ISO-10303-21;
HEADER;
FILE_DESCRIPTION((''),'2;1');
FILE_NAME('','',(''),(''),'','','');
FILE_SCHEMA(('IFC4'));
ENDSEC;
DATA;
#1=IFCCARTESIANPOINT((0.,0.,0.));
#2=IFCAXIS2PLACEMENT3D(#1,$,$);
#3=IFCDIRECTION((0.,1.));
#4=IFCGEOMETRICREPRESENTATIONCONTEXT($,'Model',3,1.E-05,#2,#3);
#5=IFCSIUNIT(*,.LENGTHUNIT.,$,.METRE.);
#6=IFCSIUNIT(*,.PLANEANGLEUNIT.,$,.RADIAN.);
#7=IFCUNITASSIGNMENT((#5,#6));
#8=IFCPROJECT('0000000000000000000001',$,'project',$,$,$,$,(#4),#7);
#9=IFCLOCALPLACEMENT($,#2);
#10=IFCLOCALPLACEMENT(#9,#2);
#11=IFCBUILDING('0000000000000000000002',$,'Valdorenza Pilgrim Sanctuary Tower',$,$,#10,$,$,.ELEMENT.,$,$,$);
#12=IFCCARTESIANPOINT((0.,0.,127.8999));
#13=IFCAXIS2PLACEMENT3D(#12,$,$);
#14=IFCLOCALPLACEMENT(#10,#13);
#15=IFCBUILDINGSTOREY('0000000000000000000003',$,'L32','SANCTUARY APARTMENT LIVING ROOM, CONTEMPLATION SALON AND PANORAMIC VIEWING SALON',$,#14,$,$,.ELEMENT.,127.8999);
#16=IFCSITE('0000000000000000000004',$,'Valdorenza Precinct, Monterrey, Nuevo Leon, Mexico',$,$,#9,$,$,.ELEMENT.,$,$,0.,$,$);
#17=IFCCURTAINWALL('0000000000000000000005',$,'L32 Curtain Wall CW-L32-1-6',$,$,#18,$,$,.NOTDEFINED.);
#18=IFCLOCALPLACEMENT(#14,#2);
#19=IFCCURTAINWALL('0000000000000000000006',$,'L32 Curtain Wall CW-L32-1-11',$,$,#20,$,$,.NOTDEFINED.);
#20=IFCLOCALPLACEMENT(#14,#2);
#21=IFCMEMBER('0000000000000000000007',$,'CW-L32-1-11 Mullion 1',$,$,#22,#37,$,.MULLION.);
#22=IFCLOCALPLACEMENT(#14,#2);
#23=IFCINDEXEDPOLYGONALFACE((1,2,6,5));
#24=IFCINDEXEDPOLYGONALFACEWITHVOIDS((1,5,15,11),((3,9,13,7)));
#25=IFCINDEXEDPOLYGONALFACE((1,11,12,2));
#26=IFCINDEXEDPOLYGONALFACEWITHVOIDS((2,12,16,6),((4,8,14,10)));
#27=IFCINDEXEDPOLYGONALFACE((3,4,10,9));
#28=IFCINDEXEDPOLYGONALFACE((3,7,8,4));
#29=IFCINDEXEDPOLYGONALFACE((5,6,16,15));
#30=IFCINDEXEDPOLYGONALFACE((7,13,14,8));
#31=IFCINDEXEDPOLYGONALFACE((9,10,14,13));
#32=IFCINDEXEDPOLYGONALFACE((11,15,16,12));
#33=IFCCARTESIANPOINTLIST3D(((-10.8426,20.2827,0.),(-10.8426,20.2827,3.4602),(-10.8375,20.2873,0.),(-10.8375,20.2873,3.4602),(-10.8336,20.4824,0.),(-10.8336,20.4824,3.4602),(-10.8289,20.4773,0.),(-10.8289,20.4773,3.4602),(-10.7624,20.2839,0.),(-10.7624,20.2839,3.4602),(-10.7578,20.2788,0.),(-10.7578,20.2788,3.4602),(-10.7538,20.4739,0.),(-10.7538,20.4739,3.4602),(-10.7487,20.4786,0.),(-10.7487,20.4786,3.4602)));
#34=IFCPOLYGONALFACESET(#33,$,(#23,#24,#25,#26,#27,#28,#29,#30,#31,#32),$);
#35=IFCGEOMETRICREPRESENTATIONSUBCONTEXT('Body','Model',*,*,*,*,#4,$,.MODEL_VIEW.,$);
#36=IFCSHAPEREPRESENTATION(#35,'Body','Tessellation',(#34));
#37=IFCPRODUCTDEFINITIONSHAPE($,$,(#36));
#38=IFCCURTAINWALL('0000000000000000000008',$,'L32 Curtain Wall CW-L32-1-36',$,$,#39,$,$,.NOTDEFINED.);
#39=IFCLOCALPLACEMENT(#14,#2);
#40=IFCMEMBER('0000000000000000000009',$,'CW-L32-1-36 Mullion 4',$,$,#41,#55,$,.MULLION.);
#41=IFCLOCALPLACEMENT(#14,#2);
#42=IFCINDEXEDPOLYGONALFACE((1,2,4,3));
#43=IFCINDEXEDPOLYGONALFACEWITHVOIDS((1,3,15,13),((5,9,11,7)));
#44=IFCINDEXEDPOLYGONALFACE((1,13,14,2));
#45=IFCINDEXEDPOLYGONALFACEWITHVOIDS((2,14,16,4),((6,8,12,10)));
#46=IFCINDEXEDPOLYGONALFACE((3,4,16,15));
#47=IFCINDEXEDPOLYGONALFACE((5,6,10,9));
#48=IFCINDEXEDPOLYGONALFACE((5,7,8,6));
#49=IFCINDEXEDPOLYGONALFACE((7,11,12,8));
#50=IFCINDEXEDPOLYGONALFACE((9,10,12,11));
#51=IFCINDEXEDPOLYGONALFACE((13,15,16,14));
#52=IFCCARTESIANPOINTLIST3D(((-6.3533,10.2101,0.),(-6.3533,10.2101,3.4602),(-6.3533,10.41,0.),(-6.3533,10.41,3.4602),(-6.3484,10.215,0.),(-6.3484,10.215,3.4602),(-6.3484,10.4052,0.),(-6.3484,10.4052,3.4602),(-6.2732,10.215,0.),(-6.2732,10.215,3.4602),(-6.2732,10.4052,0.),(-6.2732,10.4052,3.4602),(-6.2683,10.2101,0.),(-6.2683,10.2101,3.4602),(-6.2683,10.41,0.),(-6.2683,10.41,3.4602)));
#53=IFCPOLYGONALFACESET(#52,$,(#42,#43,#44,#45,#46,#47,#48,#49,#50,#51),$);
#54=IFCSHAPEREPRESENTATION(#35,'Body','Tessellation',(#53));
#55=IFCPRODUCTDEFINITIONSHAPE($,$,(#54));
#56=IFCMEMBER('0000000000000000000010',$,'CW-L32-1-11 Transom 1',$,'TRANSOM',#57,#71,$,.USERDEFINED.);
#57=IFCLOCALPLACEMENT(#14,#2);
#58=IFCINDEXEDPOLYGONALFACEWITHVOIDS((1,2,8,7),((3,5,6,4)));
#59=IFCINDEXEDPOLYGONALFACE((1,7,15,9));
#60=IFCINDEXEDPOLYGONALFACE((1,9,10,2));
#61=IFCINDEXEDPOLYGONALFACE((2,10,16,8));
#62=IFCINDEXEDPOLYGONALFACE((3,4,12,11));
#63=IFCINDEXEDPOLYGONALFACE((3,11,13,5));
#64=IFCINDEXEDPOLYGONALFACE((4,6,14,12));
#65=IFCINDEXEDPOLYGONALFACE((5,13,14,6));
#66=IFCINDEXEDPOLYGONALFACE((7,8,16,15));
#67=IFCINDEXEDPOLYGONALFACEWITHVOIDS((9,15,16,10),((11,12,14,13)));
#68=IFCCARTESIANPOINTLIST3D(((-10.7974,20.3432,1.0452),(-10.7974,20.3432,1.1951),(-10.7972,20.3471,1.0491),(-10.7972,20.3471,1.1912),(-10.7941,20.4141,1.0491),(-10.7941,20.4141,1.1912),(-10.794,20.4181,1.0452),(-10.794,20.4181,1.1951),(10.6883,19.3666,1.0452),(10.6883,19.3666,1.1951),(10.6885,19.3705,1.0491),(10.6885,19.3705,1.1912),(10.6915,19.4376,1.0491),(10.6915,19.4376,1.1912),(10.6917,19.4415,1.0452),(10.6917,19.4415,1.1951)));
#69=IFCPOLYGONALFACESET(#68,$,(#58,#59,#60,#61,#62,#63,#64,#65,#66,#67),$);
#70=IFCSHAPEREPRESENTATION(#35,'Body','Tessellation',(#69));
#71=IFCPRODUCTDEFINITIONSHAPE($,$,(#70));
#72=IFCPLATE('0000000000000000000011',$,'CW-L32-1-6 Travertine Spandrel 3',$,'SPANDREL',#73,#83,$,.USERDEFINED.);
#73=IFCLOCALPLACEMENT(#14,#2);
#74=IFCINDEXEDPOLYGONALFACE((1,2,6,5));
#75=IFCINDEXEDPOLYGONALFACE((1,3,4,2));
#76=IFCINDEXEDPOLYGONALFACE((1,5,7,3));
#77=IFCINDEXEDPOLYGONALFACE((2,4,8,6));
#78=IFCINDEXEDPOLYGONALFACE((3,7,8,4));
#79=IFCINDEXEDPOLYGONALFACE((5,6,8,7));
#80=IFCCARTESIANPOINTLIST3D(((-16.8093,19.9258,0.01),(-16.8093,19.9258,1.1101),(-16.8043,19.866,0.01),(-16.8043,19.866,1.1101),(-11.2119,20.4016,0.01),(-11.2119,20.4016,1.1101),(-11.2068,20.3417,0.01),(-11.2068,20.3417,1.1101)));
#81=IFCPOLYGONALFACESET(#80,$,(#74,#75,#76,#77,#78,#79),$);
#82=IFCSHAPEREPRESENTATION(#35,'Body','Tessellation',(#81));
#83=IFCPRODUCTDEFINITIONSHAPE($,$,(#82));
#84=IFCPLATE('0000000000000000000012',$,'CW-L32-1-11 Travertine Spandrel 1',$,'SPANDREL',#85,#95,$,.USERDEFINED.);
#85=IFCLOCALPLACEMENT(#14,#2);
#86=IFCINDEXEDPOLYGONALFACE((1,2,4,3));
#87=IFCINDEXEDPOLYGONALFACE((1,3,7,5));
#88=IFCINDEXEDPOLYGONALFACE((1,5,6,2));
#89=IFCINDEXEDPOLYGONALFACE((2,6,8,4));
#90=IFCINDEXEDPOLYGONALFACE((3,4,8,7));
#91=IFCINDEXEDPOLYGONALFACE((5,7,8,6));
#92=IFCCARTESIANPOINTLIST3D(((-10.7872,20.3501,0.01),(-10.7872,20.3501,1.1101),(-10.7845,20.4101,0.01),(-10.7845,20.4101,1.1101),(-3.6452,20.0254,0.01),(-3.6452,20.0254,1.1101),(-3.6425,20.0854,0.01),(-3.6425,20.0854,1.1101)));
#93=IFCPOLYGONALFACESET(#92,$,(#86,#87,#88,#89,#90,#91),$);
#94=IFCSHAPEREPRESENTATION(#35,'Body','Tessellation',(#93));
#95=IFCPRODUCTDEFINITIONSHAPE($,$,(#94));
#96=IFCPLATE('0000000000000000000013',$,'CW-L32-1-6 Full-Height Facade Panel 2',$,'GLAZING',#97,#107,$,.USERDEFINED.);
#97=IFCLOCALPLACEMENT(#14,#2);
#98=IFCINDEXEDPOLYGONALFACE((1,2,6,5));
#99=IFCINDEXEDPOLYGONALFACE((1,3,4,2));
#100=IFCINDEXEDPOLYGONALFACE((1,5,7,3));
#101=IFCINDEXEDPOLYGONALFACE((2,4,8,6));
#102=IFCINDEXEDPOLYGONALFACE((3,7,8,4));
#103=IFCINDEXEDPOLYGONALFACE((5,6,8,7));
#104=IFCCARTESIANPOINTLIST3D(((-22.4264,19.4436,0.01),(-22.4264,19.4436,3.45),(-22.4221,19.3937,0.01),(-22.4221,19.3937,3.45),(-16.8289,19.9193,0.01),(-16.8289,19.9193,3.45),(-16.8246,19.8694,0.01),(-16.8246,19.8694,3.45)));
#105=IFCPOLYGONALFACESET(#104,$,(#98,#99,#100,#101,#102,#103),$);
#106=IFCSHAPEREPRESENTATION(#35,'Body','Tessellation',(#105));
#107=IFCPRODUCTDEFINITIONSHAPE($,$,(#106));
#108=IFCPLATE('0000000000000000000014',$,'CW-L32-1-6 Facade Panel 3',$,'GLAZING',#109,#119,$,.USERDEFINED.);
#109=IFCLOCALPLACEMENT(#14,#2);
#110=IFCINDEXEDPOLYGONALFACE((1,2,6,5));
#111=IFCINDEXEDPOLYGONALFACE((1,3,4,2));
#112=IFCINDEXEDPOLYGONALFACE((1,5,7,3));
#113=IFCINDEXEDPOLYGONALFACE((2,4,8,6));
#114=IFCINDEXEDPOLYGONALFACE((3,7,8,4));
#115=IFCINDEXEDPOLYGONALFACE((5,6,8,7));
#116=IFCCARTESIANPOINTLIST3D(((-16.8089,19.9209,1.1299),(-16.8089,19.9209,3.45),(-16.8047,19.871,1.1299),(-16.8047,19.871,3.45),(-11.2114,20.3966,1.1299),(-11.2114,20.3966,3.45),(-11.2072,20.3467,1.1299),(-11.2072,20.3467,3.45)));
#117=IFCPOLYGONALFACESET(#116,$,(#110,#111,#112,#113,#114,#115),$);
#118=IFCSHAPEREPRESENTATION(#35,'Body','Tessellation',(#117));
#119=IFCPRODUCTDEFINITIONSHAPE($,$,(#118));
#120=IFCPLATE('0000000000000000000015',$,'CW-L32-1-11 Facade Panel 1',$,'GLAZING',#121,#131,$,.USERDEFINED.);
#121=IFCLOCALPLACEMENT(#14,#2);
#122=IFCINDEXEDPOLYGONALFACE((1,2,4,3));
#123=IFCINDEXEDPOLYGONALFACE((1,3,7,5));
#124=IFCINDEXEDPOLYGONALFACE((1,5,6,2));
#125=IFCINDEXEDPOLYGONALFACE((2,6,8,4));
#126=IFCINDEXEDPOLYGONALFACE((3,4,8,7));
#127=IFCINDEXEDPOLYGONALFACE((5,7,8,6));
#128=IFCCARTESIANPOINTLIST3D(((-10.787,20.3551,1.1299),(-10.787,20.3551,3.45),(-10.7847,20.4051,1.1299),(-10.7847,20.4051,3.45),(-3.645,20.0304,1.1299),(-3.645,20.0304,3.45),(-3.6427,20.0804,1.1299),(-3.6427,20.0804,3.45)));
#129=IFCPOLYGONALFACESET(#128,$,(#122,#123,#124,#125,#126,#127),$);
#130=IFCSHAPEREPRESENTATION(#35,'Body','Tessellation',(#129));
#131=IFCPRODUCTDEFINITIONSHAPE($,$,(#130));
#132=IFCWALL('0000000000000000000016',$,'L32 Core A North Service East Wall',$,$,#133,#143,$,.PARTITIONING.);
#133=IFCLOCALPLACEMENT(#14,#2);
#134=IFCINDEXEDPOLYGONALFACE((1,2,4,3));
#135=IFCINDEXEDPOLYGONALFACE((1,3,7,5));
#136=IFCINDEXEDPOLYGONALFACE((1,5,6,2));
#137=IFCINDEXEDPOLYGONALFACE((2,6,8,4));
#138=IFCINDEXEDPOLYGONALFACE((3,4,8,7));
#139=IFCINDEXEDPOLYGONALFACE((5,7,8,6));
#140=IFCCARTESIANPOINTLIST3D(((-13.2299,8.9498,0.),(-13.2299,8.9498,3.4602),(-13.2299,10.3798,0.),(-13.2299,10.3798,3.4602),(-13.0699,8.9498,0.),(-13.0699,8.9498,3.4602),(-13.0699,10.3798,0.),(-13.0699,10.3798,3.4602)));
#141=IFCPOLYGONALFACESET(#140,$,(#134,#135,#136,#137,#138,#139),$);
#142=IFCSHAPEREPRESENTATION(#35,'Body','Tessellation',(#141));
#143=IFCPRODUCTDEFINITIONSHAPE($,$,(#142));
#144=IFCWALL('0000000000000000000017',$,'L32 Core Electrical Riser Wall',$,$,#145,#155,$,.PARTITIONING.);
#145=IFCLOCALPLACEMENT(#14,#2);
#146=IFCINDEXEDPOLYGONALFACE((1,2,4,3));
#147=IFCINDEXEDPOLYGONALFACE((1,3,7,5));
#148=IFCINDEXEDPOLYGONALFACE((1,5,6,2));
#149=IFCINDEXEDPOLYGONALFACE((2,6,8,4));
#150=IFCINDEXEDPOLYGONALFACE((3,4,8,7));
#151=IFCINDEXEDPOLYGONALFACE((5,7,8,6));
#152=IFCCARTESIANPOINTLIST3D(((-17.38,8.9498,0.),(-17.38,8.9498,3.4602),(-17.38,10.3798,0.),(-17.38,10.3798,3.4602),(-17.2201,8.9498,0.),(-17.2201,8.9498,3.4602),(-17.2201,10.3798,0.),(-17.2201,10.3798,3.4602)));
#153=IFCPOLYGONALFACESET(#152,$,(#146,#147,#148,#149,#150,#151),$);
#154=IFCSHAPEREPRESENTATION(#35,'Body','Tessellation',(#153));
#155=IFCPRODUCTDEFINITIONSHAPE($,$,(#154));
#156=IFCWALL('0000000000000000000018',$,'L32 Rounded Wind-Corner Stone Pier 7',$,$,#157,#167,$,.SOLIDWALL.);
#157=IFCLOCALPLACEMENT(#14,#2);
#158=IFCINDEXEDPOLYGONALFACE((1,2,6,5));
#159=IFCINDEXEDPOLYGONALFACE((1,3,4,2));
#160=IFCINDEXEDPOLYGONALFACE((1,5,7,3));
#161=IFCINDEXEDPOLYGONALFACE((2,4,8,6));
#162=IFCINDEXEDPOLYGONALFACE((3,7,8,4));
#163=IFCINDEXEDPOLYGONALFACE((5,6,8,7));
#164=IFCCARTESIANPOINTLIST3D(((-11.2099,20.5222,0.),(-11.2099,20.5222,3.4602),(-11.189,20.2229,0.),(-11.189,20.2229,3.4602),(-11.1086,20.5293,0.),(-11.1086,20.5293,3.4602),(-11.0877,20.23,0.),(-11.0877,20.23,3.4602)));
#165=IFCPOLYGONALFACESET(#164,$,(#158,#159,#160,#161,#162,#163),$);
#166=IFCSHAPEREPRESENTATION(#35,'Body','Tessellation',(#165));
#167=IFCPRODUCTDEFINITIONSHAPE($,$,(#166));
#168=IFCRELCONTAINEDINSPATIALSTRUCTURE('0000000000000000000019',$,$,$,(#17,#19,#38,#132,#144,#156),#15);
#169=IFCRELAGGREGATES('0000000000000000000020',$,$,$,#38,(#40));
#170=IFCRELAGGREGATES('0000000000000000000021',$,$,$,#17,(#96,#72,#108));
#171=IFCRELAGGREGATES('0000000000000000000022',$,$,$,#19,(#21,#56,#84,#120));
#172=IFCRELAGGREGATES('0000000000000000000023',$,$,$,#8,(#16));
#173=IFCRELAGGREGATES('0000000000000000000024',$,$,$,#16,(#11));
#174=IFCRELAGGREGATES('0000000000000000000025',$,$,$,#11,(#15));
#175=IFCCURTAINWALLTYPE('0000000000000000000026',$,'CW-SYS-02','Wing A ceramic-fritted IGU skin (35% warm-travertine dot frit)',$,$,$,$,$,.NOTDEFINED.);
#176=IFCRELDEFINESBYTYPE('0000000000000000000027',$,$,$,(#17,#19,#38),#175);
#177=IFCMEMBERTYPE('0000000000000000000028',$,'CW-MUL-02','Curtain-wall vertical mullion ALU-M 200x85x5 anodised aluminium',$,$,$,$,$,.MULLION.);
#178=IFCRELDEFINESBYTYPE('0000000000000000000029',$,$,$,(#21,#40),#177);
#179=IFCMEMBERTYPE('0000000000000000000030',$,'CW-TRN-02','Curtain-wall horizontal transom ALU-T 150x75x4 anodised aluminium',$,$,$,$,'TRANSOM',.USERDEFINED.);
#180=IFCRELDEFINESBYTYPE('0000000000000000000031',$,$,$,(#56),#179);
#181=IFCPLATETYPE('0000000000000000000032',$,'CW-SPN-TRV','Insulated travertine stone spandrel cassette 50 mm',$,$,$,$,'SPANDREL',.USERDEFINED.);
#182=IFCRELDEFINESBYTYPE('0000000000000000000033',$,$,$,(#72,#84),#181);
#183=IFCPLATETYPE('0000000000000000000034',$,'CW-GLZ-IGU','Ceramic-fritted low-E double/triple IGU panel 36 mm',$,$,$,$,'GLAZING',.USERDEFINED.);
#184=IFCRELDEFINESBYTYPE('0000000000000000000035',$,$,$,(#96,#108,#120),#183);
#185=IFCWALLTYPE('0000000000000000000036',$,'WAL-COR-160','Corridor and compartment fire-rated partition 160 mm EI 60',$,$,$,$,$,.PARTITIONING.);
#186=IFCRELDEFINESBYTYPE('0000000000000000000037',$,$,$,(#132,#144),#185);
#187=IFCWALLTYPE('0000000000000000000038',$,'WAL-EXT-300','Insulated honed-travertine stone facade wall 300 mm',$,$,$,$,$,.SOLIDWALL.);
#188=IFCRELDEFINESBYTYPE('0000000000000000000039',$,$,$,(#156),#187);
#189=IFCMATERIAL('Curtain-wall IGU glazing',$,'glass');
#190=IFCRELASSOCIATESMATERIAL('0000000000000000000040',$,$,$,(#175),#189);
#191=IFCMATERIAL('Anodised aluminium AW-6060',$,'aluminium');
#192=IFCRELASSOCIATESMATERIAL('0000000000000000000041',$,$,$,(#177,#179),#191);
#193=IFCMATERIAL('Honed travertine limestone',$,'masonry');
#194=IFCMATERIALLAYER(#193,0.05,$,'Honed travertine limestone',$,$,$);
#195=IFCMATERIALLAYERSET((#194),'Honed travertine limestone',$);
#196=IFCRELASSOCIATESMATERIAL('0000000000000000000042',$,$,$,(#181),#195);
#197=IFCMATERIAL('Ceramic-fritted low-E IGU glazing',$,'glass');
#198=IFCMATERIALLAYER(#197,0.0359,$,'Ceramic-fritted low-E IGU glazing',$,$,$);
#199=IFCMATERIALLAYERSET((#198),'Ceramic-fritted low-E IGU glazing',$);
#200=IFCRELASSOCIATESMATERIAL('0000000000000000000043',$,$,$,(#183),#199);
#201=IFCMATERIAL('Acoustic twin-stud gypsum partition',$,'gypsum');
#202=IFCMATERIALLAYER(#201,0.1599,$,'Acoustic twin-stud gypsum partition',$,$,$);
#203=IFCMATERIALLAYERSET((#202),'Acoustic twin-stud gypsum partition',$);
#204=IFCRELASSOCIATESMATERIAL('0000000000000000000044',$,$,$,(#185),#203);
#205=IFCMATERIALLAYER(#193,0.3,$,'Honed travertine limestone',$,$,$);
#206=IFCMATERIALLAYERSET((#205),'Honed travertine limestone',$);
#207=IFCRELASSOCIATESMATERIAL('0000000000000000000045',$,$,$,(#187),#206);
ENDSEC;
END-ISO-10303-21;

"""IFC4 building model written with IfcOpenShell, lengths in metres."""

from ifc_helpers import new_model, si_unit, direction, frame, frame_2d, origin, origin_2d, place, context, subcontext, project, spatial, rectangle, hollow_rectangle, extrude, source, transform, mapped, material, layer, layer_set, material_profile, profile_set, type_object, element, aggregate, save


model = new_model("IFC4")

# Units and contexts
model_context = context("Model", 3, precision=1e-05, world=origin(), true_north=direction((0.0, 1.0)))
body_context = subcontext(model_context, "Body", "Model", "MODEL_VIEW")
ifc_project = project(units=[si_unit("LENGTHUNIT", "METRE"), si_unit("PLANEANGLEUNIT", "RADIAN")], contexts=[model_context])

# Site, building, storey
site_placement = place(None, origin())
site = spatial("IfcSite", under=ifc_project, at=site_placement, Name="Valdorenza Precinct, Monterrey, Nuevo Leon, Mexico", CompositionType="ELEMENT", RefElevation=0.0)
building_placement = place(site_placement, origin())
building = spatial("IfcBuilding", under=site, at=building_placement, Name="Valdorenza Pilgrim Sanctuary Tower", CompositionType="ELEMENT")
storey_placement = place(building_placement, frame((0.0, 0.0, 127.8999)))
storey = spatial("IfcBuildingStorey", under=building, at=storey_placement, Name="L32", Description="SANCTUARY APARTMENT LIVING ROOM, CONTEMPLATION SALON AND PANORAMIC VIEWING SALON", CompositionType="ELEMENT", Elevation=127.8999)

# Curtain wall
ifc_material_1 = material(Name="Curtain-wall IGU glazing", Category="glass")
curtain_wall_type = type_object("IfcCurtainWallType", Name="CW-SYS-02", Description="Wing A ceramic-fritted IGU skin (35% warm-travertine dot frit)", PredefinedType="NOTDEFINED", material=ifc_material_1)
curtain_wall_1_placement = place(storey_placement, origin())
curtain_wall_1 = element("IfcCurtainWall", 1, at=curtain_wall_1_placement, inside=storey, type_object=curtain_wall_type, Name="L32 Curtain Wall CW-L32-1-6", PredefinedType="NOTDEFINED")
ifc_material_2 = material(Name="Anodised aluminium AW-6060", Category="aluminium")
ifc_material_profile_1 = material_profile(ifc_material_2, hollow_rectangle(XDim=0.085, YDim=0.2, WallThickness=0.0049, at=origin_2d()), Name="ALU-M 200x85x5")
ifc_profile_set_1 = profile_set([ifc_material_profile_1], Name="Anodised aluminium AW-6060")
member_type_1 = type_object("IfcMemberType", Name="CW-MUL-02", Description="Curtain-wall vertical mullion ALU-M 200x85x5 anodised aluminium", PredefinedType="MULLION", material=ifc_profile_set_1)
shared_shape_1 = source(origin(), body_context, "Body", "SweptSolid", [
    extrude(hollow_rectangle(XDim=0.085, YDim=0.2, WallThickness=0.0049, at=origin_2d()), origin(), (0.0, 0.0, 1.0), 3.4602),
])

# Curtain walls, members
curtain_wall_2_placement = place(storey_placement, origin())
curtain_wall_2 = element("IfcCurtainWall", 2, at=curtain_wall_2_placement, inside=storey, type_object=curtain_wall_type, Name="L32 Curtain Wall CW-L32-1-11", PredefinedType="NOTDEFINED")
member_1_placement = place(storey_placement, frame((-10.7957, 20.3806, 0.0), z_axis=(0.0, 0.0, 1.0), x_axis=(0.998968, -0.045415, 0.0)))
member_1 = element("IfcMember", 3, at=member_1_placement, type_object=member_type_1, Name="CW-L32-1-11 Mullion 1", PredefinedType="MULLION", context=body_context, shape_type="MappedRepresentation", body=[
    mapped(shared_shape_1, transform((0.0, 0.0, 0.0), x_axis=(1.0, 0.0, 0.0), y_axis=(0.0, 1.0, 0.0), z_axis=(0.0, 0.0, 1.0), scale=1.0)),
])
curtain_wall_3_placement = place(storey_placement, origin())
curtain_wall_3 = element("IfcCurtainWall", 4, at=curtain_wall_3_placement, inside=storey, type_object=curtain_wall_type, Name="L32 Curtain Wall CW-L32-1-36", PredefinedType="NOTDEFINED")
member_2_placement = place(storey_placement, frame((-6.3108, 10.3101, 0.0), z_axis=(0.0, 0.0, 1.0), x_axis=(-1.0, 0.0, 0.0)))
member_2 = element("IfcMember", 5, at=member_2_placement, type_object=member_type_1, Name="CW-L32-1-36 Mullion 4", PredefinedType="MULLION", context=body_context, shape_type="MappedRepresentation", body=[
    mapped(shared_shape_1, transform((0.0, 0.0, 0.0), x_axis=(1.0, 0.0, 0.0), y_axis=(0.0, 1.0, 0.0), z_axis=(0.0, 0.0, 1.0), scale=1.0)),
])
aggregate(curtain_wall_3, [member_2])

# Member
ifc_material_profile_2 = material_profile(ifc_material_2, hollow_rectangle(XDim=0.075, YDim=0.1499, WallThickness=0.0039, at=origin_2d()), Name="ALU-T 150x75x4")
ifc_profile_set_2 = profile_set([ifc_material_profile_2], Name="Anodised aluminium AW-6060")
member_type_2 = type_object("IfcMemberType", Name="CW-TRN-02", Description="Curtain-wall horizontal transom ALU-T 150x75x4 anodised aluminium", ElementType="TRANSOM", PredefinedType="USERDEFINED", material=ifc_profile_set_2)
shared_shape_2 = source(origin(), body_context, "Body", "SweptSolid", [
    extrude(hollow_rectangle(XDim=0.075, YDim=0.1499, WallThickness=0.0039, at=origin_2d()), origin(), (0.0, 0.0, 1.0), 21.5078),
])
member_3_placement = place(storey_placement, frame((-10.7957, 20.3806, 1.1201), z_axis=(0.998969, -0.045405, 0.0), x_axis=(0.045405, 0.998969, 0.0)))
member_3 = element("IfcMember", 6, at=member_3_placement, type_object=member_type_2, Name="CW-L32-1-11 Transom 1", ObjectType="TRANSOM", PredefinedType="USERDEFINED", context=body_context, shape_type="MappedRepresentation", body=[
    mapped(shared_shape_2, transform((0.0, 0.0, 0.0), x_axis=(1.0, 0.0, 0.0), y_axis=(0.0, 1.0, 0.0), z_axis=(0.0, 0.0, 1.0), scale=1.0)),
])

# Plates
ifc_material_3 = material(Name="Honed travertine limestone", Category="masonry")
ifc_layer_1 = layer(ifc_material_3, 0.05, Name="Honed travertine limestone")
ifc_layer_set_1 = layer_set([ifc_layer_1], Name="Honed travertine limestone")
plate_type_1 = type_object("IfcPlateType", Name="CW-SPN-TRV", Description="Insulated travertine stone spandrel cassette 50 mm", ElementType="SPANDREL", PredefinedType="USERDEFINED", material=ifc_layer_set_1)
shared_shape_3 = source(origin(), body_context, "Body", "SweptSolid", [
    extrude(rectangle(XDim=5.6177, YDim=0.0601, at=origin_2d()), origin(), (0.0, 0.0, 1.0), 1.1001),
])
plate_1_placement = place(storey_placement, frame((-14.0081, 20.1338, 0.01), z_axis=(0.0, 0.0, 1.0), x_axis=(0.996408, 0.084687, 0.0)))
plate_1 = element("IfcPlate", 7, at=plate_1_placement, type_object=plate_type_1, Name="CW-L32-1-6 Travertine Spandrel 3", ObjectType="SPANDREL", PredefinedType="USERDEFINED", context=body_context, shape_type="MappedRepresentation", body=[
    mapped(shared_shape_3, transform((0.0, 0.0, 0.0), x_axis=(1.0, 0.0, 0.0), y_axis=(0.0, 1.0, 0.0), z_axis=(0.0, 0.0, 1.0), scale=1.0)),
])
shared_shape_4 = source(origin(), body_context, "Body", "SweptSolid", [
    extrude(rectangle(XDim=7.1494, YDim=0.0601, at=origin_2d()), origin(), (0.0, 0.0, 1.0), 1.1001),
])
plate_2_placement = place(storey_placement, frame((-7.2148, 20.2178, 0.01), z_axis=(0.0, 0.0, 1.0), x_axis=(0.998968, -0.045415, 0.0)))
plate_2 = element("IfcPlate", 8, at=plate_2_placement, type_object=plate_type_1, Name="CW-L32-1-11 Travertine Spandrel 1", ObjectType="SPANDREL", PredefinedType="USERDEFINED", context=body_context, shape_type="MappedRepresentation", body=[
    mapped(shared_shape_4, transform((0.0, 0.0, 0.0), x_axis=(1.0, 0.0, 0.0), y_axis=(0.0, 1.0, 0.0), z_axis=(0.0, 0.0, 1.0), scale=1.0)),
])
ifc_material_4 = material(Name="Ceramic-fritted low-E IGU glazing", Category="glass")
ifc_layer_2 = layer(ifc_material_4, 0.0359, Name="Ceramic-fritted low-E IGU glazing")
ifc_layer_set_2 = layer_set([ifc_layer_2], Name="Ceramic-fritted low-E IGU glazing")
plate_type_2 = type_object("IfcPlateType", Name="CW-GLZ-IGU", Description="Ceramic-fritted low-E double/triple IGU panel 36 mm", ElementType="GLAZING", PredefinedType="USERDEFINED", material=ifc_layer_set_2)
shared_shape_5 = source(origin(), body_context, "Body", "SweptSolid", [
    extrude(rectangle(XDim=5.6177, YDim=0.05, at=origin_2d()), origin(), (0.0, 0.0, 1.0), 3.4399),
])
plate_3_placement = place(storey_placement, frame((-19.6255, 19.6565, 0.01), z_axis=(0.0, 0.0, 1.0), x_axis=(0.996408, 0.084687, 0.0)))
plate_3 = element("IfcPlate", 9, at=plate_3_placement, type_object=plate_type_2, Name="CW-L32-1-6 Full-Height Facade Panel 2", ObjectType="GLAZING", PredefinedType="USERDEFINED", context=body_context, shape_type="MappedRepresentation", body=[
    mapped(shared_shape_5, transform((0.0, 0.0, 0.0), x_axis=(1.0, 0.0, 0.0), y_axis=(0.0, 1.0, 0.0), z_axis=(0.0, 0.0, 1.0), scale=1.0)),
])
shared_shape_6 = source(origin(), body_context, "Body", "SweptSolid", [
    extrude(rectangle(XDim=5.6177, YDim=0.05, at=origin_2d()), origin(), (0.0, 0.0, 1.0), 2.3201),
])
plate_4_placement = place(storey_placement, frame((-14.0081, 20.1338, 1.1299), z_axis=(0.0, 0.0, 1.0), x_axis=(0.996408, 0.084687, 0.0)))
plate_4 = element("IfcPlate", 10, at=plate_4_placement, type_object=plate_type_2, Name="CW-L32-1-6 Facade Panel 3", ObjectType="GLAZING", PredefinedType="USERDEFINED", context=body_context, shape_type="MappedRepresentation", body=[
    mapped(shared_shape_6, transform((0.0, 0.0, 0.0), x_axis=(1.0, 0.0, 0.0), y_axis=(0.0, 1.0, 0.0), z_axis=(0.0, 0.0, 1.0), scale=1.0)),
])
aggregate(curtain_wall_1, [plate_3, plate_1, plate_4])
shared_shape_7 = source(origin(), body_context, "Body", "SweptSolid", [
    extrude(rectangle(XDim=7.1494, YDim=0.05, at=origin_2d()), origin(), (0.0, 0.0, 1.0), 2.3201),
])
plate_5_placement = place(storey_placement, frame((-7.2148, 20.2178, 1.1299), z_axis=(0.0, 0.0, 1.0), x_axis=(0.998968, -0.045415, 0.0)))
plate_5 = element("IfcPlate", 11, at=plate_5_placement, type_object=plate_type_2, Name="CW-L32-1-11 Facade Panel 1", ObjectType="GLAZING", PredefinedType="USERDEFINED", context=body_context, shape_type="MappedRepresentation", body=[
    mapped(shared_shape_7, transform((0.0, 0.0, 0.0), x_axis=(1.0, 0.0, 0.0), y_axis=(0.0, 1.0, 0.0), z_axis=(0.0, 0.0, 1.0), scale=1.0)),
])
aggregate(curtain_wall_2, [member_1, member_3, plate_2, plate_5])

# Walls
ifc_material_5 = material(Name="Acoustic twin-stud gypsum partition", Category="gypsum")
ifc_layer_3 = layer(ifc_material_5, 0.1599, Name="Acoustic twin-stud gypsum partition")
ifc_layer_set_3 = layer_set([ifc_layer_3], Name="Acoustic twin-stud gypsum partition")
wall_type_1 = type_object("IfcWallType", Name="WAL-COR-160", Description="Corridor and compartment fire-rated partition 160 mm EI 60", PredefinedType="PARTITIONING", material=ifc_layer_set_3)
for number, where, z_axis, x_axis, name in (
    (12, (-13.1499, 8.95, 0.0), (0.0, 0.0, 1.0), (0.0, 1.0, 0.0), "L32 Core A North Service East Wall"),
    (13, (-17.3, 8.95, 0.0), (0.0, 0.0, 1.0), (0.0, 1.0, 0.0), "L32 Core Electrical Riser Wall"),
):
    element("IfcWall", number, at=place(storey_placement, frame(where, z_axis=z_axis, x_axis=x_axis)), inside=storey, type_object=wall_type_1, Name=name, PredefinedType="PARTITIONING", context=body_context, shape_type="SweptSolid", body=[
        extrude(rectangle(XDim=1.4299, YDim=0.1599, at=frame_2d((0.7148, 0.0))), origin(), (0.0, 0.0, 1.0), 3.4602),
    ])
ifc_layer_4 = layer(ifc_material_3, 0.3, Name="Honed travertine limestone")
ifc_layer_set_4 = layer_set([ifc_layer_4], Name="Honed travertine limestone")
wall_type_2 = type_object("IfcWallType", Name="WAL-EXT-300", Description="Insulated honed-travertine stone facade wall 300 mm", PredefinedType="SOLIDWALL", material=ifc_layer_set_4)
wall_1_placement = place(storey_placement, frame((-11.1995, 20.3726, 0.0), z_axis=(0.0, 0.0, 1.0), x_axis=(0.997567, 0.06971, 0.0)))
element("IfcWall", 14, at=wall_1_placement, inside=storey, type_object=wall_type_2, Name="L32 Rounded Wind-Corner Stone Pier 7", PredefinedType="SOLIDWALL", context=body_context, shape_type="SweptSolid", body=[
    extrude(rectangle(XDim=0.1016, YDim=0.3, at=frame_2d((0.0508, 0.0))), origin(), (0.0, 0.0, 1.0), 3.4602),
])

save(model, "model.ifc")
